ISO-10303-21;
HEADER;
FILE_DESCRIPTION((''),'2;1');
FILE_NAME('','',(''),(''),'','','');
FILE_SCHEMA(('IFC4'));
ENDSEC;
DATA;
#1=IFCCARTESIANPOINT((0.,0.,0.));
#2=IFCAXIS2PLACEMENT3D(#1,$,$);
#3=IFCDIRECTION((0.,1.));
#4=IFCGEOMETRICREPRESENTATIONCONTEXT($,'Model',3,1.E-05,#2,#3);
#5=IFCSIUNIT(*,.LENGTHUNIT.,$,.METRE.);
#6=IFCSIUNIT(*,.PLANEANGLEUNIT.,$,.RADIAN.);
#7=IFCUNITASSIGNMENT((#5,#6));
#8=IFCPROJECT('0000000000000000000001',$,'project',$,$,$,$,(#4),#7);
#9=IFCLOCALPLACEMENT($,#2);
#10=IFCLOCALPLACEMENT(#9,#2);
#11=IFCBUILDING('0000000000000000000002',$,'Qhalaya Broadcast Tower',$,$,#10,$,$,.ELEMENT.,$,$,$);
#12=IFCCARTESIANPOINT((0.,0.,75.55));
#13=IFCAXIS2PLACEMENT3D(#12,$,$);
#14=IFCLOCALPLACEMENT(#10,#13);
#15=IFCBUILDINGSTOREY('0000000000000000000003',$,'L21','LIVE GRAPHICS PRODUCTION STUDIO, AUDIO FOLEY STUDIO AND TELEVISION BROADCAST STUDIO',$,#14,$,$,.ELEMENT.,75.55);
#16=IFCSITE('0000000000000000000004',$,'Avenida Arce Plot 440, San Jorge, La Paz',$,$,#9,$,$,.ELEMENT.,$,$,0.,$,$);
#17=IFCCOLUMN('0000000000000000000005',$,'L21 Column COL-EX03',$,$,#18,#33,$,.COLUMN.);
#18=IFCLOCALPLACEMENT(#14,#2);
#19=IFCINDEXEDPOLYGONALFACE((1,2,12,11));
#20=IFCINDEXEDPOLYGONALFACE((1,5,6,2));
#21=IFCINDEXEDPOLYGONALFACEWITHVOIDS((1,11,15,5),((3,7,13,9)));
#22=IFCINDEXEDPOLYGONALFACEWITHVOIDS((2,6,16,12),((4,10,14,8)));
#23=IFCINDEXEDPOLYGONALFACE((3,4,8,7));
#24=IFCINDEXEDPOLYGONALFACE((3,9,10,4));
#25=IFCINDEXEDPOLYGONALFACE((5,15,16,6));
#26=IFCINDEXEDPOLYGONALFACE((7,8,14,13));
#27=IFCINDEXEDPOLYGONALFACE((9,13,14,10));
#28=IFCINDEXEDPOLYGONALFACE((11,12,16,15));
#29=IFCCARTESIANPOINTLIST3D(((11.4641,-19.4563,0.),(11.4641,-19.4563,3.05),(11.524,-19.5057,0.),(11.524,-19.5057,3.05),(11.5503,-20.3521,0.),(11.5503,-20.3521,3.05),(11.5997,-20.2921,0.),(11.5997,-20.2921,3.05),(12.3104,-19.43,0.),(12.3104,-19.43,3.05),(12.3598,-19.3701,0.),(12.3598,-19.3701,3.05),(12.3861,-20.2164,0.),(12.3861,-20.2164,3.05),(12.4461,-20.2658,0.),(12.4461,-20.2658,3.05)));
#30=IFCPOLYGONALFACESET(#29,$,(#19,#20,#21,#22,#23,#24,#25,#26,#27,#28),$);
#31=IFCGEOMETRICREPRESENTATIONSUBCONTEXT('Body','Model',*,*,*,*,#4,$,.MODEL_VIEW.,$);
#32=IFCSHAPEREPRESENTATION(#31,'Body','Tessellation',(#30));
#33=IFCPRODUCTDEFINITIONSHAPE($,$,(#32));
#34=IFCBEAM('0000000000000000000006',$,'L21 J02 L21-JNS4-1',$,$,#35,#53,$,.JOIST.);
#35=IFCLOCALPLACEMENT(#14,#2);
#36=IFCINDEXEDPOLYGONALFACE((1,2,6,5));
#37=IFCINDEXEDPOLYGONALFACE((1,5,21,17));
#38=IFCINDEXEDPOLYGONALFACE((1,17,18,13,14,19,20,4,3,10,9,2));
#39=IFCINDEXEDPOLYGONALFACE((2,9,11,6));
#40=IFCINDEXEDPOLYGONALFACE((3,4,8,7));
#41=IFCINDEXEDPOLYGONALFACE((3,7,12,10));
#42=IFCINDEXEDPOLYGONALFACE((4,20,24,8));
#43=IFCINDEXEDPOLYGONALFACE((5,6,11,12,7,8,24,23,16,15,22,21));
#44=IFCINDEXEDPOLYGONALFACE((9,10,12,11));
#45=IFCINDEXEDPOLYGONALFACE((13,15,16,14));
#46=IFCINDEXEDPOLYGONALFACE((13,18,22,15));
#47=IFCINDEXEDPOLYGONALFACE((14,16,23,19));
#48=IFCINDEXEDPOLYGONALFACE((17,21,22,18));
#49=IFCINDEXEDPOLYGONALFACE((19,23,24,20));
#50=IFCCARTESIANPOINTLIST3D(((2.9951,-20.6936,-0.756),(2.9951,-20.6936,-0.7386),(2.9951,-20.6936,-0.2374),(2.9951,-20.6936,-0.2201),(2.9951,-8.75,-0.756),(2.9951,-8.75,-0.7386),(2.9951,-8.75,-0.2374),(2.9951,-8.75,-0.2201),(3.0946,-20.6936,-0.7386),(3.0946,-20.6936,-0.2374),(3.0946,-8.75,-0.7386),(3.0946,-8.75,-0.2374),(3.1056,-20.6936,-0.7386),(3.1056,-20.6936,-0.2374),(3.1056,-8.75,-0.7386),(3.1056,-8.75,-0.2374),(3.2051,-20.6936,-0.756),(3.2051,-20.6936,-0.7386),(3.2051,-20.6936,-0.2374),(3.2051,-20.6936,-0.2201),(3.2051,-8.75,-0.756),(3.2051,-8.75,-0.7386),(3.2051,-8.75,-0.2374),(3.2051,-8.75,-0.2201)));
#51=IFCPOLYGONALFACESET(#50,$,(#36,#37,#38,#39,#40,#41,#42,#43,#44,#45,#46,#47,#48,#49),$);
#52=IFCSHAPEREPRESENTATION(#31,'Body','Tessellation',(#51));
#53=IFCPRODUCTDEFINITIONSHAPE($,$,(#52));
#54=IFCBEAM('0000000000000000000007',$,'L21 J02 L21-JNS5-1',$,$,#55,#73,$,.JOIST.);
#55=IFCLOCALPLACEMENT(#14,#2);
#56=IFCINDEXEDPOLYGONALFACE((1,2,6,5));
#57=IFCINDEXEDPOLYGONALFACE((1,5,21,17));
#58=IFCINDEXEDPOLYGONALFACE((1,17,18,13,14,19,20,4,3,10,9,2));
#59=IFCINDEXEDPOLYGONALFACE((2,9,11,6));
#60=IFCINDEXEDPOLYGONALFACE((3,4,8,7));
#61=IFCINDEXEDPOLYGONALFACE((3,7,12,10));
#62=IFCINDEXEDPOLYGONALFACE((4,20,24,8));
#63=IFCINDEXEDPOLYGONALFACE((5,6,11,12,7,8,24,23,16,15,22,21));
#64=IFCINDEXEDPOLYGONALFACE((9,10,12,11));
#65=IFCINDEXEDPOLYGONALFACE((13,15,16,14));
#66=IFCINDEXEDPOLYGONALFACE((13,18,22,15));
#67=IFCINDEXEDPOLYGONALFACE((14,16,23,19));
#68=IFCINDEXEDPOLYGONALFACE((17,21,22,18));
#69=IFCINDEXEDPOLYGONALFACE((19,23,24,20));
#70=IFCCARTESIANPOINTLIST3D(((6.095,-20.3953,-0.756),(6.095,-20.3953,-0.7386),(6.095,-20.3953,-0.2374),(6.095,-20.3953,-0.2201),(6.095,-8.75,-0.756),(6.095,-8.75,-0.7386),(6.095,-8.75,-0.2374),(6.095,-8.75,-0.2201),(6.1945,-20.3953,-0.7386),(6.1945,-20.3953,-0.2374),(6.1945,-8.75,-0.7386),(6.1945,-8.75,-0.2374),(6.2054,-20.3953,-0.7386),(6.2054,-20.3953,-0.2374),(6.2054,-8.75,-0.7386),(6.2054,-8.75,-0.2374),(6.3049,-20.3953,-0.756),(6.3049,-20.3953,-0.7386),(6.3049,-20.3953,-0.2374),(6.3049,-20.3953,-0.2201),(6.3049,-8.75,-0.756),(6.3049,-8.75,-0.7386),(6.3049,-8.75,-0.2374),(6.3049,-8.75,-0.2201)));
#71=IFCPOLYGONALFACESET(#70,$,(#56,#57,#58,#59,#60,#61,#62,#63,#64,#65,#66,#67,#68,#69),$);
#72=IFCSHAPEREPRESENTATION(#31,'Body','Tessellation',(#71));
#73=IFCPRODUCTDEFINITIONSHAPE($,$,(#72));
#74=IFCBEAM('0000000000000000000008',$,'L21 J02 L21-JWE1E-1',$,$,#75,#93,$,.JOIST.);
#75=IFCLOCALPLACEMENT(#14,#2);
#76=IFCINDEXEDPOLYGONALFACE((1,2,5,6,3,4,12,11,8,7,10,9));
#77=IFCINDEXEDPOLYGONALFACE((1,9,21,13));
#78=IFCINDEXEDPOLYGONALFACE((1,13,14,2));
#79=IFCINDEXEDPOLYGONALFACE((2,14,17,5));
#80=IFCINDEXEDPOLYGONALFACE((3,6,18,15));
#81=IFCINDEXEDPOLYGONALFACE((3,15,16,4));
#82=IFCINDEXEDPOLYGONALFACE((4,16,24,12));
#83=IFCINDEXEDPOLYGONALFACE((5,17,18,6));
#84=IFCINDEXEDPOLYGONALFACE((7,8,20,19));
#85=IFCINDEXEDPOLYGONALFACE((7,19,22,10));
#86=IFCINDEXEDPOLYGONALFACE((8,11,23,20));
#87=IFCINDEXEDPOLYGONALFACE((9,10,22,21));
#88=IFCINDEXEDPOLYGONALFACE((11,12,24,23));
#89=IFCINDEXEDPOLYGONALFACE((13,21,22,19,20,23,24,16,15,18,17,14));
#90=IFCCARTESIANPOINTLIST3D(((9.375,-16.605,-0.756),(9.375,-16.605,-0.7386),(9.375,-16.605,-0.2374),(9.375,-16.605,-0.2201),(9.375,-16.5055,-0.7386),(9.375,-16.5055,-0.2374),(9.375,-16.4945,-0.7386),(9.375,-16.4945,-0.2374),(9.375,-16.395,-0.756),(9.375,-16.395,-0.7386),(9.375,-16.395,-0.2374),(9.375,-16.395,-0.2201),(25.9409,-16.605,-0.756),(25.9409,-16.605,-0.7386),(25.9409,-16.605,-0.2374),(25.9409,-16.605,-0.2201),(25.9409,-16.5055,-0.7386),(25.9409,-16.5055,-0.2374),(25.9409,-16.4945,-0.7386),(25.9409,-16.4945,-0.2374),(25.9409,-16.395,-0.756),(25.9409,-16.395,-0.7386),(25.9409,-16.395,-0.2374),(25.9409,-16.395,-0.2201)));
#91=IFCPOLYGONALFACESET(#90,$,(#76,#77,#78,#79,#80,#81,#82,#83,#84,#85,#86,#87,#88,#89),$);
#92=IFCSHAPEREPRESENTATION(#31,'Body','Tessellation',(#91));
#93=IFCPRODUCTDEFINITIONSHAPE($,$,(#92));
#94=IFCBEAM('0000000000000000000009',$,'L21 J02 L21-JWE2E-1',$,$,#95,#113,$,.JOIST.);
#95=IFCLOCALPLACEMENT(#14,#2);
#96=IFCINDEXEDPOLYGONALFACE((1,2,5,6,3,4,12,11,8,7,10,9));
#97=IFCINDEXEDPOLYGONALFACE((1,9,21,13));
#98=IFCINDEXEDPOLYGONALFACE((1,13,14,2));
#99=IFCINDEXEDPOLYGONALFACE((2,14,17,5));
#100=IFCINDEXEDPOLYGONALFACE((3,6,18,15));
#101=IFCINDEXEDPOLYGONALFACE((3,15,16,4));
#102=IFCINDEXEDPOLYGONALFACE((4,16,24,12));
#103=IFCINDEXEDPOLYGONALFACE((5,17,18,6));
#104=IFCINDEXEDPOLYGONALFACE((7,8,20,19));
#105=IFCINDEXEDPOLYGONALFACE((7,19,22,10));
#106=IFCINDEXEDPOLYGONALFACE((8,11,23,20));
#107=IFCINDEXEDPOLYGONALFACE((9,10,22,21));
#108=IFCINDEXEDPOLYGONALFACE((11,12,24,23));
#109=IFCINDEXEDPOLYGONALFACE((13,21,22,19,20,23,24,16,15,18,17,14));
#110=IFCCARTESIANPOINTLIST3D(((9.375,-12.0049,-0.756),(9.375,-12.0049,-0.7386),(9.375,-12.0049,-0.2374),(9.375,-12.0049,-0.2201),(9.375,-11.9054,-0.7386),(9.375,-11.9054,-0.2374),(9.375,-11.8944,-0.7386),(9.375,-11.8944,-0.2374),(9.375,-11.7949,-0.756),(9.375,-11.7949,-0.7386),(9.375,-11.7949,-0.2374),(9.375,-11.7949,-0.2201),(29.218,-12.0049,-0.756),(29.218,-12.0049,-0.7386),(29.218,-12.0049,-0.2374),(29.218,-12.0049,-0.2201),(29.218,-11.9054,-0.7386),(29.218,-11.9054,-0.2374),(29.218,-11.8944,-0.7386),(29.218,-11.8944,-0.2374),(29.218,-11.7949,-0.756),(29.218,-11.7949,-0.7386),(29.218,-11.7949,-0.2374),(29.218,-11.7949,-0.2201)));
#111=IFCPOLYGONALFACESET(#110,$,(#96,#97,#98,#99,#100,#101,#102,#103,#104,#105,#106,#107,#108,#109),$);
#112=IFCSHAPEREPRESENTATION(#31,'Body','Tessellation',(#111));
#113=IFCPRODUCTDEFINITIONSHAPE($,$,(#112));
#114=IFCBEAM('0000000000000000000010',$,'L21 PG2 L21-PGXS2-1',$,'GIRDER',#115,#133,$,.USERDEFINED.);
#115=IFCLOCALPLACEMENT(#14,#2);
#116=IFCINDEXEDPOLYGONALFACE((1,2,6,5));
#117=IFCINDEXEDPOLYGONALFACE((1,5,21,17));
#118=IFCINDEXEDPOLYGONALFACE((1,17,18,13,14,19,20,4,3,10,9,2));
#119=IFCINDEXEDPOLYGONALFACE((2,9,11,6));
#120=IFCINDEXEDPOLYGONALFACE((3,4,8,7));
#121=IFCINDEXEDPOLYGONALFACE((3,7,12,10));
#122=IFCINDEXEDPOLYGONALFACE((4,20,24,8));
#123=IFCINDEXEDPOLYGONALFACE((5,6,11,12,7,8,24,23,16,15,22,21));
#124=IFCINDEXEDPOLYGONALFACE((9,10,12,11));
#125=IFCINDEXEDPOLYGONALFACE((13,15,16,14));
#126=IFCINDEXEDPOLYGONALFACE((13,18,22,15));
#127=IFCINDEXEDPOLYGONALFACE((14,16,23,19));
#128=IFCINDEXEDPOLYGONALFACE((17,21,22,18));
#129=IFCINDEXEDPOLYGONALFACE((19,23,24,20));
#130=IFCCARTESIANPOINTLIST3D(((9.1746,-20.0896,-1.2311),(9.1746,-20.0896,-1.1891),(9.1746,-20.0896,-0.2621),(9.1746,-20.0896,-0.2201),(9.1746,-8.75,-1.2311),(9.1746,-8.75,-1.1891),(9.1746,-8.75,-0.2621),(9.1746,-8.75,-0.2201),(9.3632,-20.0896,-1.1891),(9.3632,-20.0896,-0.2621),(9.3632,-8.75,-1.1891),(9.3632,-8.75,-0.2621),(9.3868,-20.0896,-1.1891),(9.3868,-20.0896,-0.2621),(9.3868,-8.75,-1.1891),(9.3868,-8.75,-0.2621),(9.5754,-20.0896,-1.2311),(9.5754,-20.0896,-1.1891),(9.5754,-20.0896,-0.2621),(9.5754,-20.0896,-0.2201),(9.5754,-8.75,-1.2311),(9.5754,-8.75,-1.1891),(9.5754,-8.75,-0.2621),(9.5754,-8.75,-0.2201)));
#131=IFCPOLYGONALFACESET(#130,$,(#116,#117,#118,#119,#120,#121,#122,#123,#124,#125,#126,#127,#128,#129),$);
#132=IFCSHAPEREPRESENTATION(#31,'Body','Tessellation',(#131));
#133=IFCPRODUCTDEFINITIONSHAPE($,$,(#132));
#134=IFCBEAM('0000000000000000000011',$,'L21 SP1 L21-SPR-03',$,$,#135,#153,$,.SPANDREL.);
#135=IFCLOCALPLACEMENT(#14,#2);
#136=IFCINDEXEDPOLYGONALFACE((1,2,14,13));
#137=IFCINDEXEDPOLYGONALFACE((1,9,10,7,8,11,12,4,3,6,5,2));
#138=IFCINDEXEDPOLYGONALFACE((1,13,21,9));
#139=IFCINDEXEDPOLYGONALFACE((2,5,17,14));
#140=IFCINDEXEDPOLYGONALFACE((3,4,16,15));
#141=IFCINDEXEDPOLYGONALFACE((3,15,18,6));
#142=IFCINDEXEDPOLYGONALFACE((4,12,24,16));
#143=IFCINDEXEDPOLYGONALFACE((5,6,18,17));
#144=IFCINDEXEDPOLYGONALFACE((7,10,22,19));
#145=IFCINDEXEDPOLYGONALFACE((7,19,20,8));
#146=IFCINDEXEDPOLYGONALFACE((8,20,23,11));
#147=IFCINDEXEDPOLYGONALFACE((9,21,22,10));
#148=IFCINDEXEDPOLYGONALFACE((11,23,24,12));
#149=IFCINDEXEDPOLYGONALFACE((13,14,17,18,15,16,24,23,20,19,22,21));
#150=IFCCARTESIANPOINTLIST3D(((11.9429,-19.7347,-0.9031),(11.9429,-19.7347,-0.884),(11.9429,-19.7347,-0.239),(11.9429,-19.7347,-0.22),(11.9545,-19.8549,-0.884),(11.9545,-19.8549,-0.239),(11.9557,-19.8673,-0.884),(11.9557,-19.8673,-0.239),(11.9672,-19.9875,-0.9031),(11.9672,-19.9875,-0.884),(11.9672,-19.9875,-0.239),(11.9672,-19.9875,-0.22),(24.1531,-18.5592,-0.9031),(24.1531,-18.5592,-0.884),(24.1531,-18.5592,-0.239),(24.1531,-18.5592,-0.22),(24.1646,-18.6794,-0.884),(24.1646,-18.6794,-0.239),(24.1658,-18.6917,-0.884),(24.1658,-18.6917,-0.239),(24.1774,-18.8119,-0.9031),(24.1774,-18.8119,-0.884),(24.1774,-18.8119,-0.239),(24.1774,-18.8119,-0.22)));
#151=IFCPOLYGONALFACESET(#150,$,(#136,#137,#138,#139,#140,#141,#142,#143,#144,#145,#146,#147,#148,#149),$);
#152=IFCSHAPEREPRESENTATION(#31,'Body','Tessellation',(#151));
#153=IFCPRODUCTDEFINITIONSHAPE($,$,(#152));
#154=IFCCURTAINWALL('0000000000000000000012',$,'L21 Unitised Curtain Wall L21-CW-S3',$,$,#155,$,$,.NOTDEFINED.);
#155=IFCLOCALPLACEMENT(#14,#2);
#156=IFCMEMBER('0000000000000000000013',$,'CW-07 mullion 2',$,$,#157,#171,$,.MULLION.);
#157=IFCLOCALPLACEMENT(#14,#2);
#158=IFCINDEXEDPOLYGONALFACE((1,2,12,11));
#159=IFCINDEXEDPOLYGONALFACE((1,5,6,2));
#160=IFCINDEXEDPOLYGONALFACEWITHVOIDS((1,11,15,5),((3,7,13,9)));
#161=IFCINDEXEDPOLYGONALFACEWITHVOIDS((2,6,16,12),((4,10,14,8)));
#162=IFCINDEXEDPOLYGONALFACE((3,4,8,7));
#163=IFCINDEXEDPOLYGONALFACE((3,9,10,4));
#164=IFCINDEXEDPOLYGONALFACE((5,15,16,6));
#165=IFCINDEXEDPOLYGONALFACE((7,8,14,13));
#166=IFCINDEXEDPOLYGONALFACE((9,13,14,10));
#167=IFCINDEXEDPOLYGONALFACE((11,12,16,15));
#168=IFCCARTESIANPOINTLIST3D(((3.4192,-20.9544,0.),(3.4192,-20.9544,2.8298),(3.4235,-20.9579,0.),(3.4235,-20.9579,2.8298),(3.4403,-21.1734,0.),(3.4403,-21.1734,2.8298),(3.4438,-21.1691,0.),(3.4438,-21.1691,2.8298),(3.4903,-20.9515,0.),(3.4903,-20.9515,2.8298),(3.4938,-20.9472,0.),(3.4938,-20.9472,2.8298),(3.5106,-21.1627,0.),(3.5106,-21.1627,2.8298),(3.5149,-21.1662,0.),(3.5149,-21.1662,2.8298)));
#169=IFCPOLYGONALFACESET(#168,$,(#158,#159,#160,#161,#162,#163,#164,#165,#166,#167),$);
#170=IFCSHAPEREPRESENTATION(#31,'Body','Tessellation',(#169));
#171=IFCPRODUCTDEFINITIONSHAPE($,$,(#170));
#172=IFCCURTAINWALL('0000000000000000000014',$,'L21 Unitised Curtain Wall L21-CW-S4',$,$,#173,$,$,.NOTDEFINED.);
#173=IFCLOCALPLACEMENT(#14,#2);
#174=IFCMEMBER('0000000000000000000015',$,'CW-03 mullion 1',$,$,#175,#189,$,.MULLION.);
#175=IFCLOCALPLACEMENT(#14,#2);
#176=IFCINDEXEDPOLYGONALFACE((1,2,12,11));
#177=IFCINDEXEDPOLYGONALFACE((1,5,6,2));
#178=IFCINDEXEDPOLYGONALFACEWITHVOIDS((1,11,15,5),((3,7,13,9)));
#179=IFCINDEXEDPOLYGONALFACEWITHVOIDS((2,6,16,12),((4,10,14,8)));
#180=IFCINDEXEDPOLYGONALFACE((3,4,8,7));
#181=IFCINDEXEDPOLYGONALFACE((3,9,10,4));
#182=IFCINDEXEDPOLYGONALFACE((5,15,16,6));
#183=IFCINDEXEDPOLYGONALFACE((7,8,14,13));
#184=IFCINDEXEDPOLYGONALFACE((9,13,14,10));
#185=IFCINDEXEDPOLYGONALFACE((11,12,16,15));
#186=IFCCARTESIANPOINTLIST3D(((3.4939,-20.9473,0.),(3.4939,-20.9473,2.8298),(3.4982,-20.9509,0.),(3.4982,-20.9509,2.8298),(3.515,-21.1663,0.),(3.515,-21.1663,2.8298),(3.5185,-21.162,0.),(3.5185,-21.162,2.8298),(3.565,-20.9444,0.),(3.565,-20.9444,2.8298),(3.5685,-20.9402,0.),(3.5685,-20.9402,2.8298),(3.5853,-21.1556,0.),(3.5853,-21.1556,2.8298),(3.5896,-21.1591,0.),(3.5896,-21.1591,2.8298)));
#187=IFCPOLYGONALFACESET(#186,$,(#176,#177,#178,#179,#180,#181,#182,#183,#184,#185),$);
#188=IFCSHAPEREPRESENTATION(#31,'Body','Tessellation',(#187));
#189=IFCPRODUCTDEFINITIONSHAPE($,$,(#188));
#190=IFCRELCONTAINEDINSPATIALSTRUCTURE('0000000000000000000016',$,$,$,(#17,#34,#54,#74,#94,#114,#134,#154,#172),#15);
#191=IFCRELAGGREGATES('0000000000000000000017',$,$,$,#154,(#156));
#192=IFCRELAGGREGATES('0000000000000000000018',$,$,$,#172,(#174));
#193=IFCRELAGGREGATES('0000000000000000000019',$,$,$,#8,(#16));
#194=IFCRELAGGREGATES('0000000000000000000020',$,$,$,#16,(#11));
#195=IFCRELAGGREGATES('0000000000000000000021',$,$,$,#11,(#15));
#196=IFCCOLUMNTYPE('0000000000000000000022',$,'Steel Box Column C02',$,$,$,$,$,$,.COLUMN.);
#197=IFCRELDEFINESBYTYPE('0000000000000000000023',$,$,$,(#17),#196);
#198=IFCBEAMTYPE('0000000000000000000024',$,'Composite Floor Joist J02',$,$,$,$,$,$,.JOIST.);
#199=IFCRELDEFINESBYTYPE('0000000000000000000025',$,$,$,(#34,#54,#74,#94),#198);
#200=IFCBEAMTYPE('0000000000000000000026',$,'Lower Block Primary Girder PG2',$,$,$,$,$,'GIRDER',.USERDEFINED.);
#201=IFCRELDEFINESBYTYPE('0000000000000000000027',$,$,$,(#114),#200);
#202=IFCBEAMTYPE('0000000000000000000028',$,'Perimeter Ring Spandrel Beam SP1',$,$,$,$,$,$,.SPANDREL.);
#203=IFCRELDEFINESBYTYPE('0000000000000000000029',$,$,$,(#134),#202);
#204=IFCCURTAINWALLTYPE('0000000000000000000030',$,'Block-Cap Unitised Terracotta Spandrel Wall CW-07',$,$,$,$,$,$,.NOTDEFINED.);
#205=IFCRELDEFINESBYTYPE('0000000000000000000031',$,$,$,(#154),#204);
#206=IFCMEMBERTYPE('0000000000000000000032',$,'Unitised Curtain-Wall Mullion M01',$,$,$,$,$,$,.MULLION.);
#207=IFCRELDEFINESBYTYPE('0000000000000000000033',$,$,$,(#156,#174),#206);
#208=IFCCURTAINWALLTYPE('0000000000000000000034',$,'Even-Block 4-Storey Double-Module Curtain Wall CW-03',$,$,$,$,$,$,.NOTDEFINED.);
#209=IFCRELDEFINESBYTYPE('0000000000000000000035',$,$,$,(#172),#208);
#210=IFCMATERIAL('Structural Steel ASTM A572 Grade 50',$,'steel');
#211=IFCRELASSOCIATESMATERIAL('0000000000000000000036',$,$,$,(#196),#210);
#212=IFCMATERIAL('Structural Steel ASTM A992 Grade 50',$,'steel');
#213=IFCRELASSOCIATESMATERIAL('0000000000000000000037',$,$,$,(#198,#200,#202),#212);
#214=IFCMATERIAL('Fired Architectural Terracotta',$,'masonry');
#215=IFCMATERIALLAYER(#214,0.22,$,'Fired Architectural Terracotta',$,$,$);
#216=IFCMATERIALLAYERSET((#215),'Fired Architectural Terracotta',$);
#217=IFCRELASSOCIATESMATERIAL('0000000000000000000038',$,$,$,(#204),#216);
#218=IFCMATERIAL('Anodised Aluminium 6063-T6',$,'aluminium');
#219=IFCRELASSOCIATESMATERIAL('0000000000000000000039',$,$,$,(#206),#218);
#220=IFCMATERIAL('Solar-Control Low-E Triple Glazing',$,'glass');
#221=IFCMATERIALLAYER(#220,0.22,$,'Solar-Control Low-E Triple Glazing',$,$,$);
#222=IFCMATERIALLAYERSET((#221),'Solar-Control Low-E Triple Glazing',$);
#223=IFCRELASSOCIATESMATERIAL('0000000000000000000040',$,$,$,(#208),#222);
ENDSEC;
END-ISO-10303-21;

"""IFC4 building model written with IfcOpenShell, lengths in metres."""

from ifc_helpers import new_model, si_unit, direction, frame, origin, origin_2d, place, context, subcontext, project, spatial, hollow_rectangle, i_section, extrude, material, layer, layer_set, material_profile, profile_set, type_object, element, aggregate, save


model = new_model("IFC4")

# Units and contexts
model_context = context("Model", 3, precision=1e-05, world=origin(), true_north=direction((0.0, 1.0)))
body_context = subcontext(model_context, "Body", "Model", "MODEL_VIEW")
ifc_project = project(units=[si_unit("LENGTHUNIT", "METRE"), si_unit("PLANEANGLEUNIT", "RADIAN")], contexts=[model_context])

# Site, building, storey
site_placement = place(None, origin())
site = spatial("IfcSite", under=ifc_project, at=site_placement, Name="Avenida Arce Plot 440, San Jorge, La Paz", CompositionType="ELEMENT", RefElevation=0.0)
building_placement = place(site_placement, origin())
building = spatial("IfcBuilding", under=site, at=building_placement, Name="Qhalaya Broadcast Tower", CompositionType="ELEMENT")
storey_placement = place(building_placement, frame((0.0, 0.0, 75.55)))
storey = spatial("IfcBuildingStorey", under=building, at=storey_placement, Name="L21", Description="LIVE GRAPHICS PRODUCTION STUDIO, AUDIO FOLEY STUDIO AND TELEVISION BROADCAST STUDIO", CompositionType="ELEMENT", Elevation=75.55)

# Column
ifc_material_1 = material(Name="Structural Steel ASTM A572 Grade 50", Category="steel")
ifc_material_profile_1 = material_profile(ifc_material_1, hollow_rectangle(XDim=0.8999, YDim=0.8999, WallThickness=0.0549, at=origin_2d()), Name="BOX 900x900x55")
ifc_profile_set_1 = profile_set([ifc_material_profile_1], Name="Structural Steel ASTM A572 Grade 50")
column_type = type_object("IfcColumnType", Name="Steel Box Column C02", PredefinedType="COLUMN", material=ifc_profile_set_1)
column_placement = place(storey_placement, frame((11.9551, -19.8611, 0.0), z_axis=(0.0, 0.0, 1.0), x_axis=(0.995396, 0.095846, 0.0)))
element("IfcColumn", 1, at=column_placement, inside=storey, type_object=column_type, Name="L21 Column COL-EX03", PredefinedType="COLUMN", context=body_context, shape_type="SweptSolid", body=[
    extrude(hollow_rectangle(XDim=0.8999, YDim=0.8999, WallThickness=0.0549, at=origin_2d()), origin(), (0.0, 0.0, 1.0), 3.05),
])

# Beams
ifc_material_2 = material(Name="Structural Steel ASTM A992 Grade 50", Category="steel")
ifc_material_profile_2 = material_profile(ifc_material_2, i_section(OverallWidth=0.21, OverallDepth=0.5359, WebThickness=0.011, FlangeThickness=0.0173, at=origin_2d()), Name="W21X68")
ifc_profile_set_2 = profile_set([ifc_material_profile_2], Name="Structural Steel ASTM A992 Grade 50")
beam_type_1 = type_object("IfcBeamType", Name="Composite Floor Joist J02", PredefinedType="JOIST", material=ifc_profile_set_2)
beam_1_placement = place(storey_placement, frame((3.1001, -20.6936, -0.488), z_axis=(0.0, 1.0, 0.0), x_axis=(-1.0, 0.0, 0.0)))
element("IfcBeam", 2, at=beam_1_placement, inside=storey, type_object=beam_type_1, Name="L21 J02 L21-JNS4-1", PredefinedType="JOIST", context=body_context, shape_type="SweptSolid", body=[
    extrude(i_section(OverallWidth=0.21, OverallDepth=0.5359, WebThickness=0.011, FlangeThickness=0.0173, at=origin_2d()), origin(), (0.0, 0.0, 1.0), 11.9436),
])
beam_2_placement = place(storey_placement, frame((6.2, -20.3953, -0.488), z_axis=(0.0, 1.0, 0.0), x_axis=(-1.0, 0.0, 0.0)))
element("IfcBeam", 3, at=beam_2_placement, inside=storey, type_object=beam_type_1, Name="L21 J02 L21-JNS5-1", PredefinedType="JOIST", context=body_context, shape_type="SweptSolid", body=[
    extrude(i_section(OverallWidth=0.21, OverallDepth=0.5359, WebThickness=0.011, FlangeThickness=0.0173, at=origin_2d()), origin(), (0.0, 0.0, 1.0), 11.6453),
])
beam_3_placement = place(storey_placement, frame((9.375, -16.5, -0.488), z_axis=(1.0, 0.0, 0.0), x_axis=(0.0, 1.0, 0.0)))
element("IfcBeam", 4, at=beam_3_placement, inside=storey, type_object=beam_type_1, Name="L21 J02 L21-JWE1E-1", PredefinedType="JOIST", context=body_context, shape_type="SweptSolid", body=[
    extrude(i_section(OverallWidth=0.21, OverallDepth=0.5359, WebThickness=0.011, FlangeThickness=0.0173, at=origin_2d()), origin(), (0.0, 0.0, 1.0), 16.5659),
])
beam_4_placement = place(storey_placement, frame((9.375, -11.8999, -0.488), z_axis=(1.0, 0.0, 0.0), x_axis=(0.0, 1.0, 0.0)))
element("IfcBeam", 5, at=beam_4_placement, inside=storey, type_object=beam_type_1, Name="L21 J02 L21-JWE2E-1", PredefinedType="JOIST", context=body_context, shape_type="SweptSolid", body=[
    extrude(i_section(OverallWidth=0.21, OverallDepth=0.5359, WebThickness=0.011, FlangeThickness=0.0173, at=origin_2d()), origin(), (0.0, 0.0, 1.0), 19.843),
])
ifc_material_profile_3 = material_profile(ifc_material_2, i_section(OverallWidth=0.4009, OverallDepth=1.011, WebThickness=0.0237, FlangeThickness=0.042, at=origin_2d()), Name="W40X297")
ifc_profile_set_3 = profile_set([ifc_material_profile_3], Name="Structural Steel ASTM A992 Grade 50")
beam_type_2 = type_object("IfcBeamType", Name="Lower Block Primary Girder PG2", ElementType="GIRDER", PredefinedType="USERDEFINED", material=ifc_profile_set_3)
beam_5_placement = place(storey_placement, frame((9.375, -20.0896, -0.7256), z_axis=(0.0, 1.0, 0.0), x_axis=(-1.0, 0.0, 0.0)))
element("IfcBeam", 6, at=beam_5_placement, inside=storey, type_object=beam_type_2, Name="L21 PG2 L21-PGXS2-1", ObjectType="GIRDER", PredefinedType="USERDEFINED", context=body_context, shape_type="SweptSolid", body=[
    extrude(i_section(OverallWidth=0.4009, OverallDepth=1.011, WebThickness=0.0237, FlangeThickness=0.042, at=origin_2d()), origin(), (0.0, 0.0, 1.0), 11.3396),
])
ifc_material_profile_4 = material_profile(ifc_material_2, i_section(OverallWidth=0.2539, OverallDepth=0.6831, WebThickness=0.0125, FlangeThickness=0.019, at=origin_2d()), Name="W27X94")
ifc_profile_set_4 = profile_set([ifc_material_profile_4], Name="Structural Steel ASTM A992 Grade 50")
beam_type_3 = type_object("IfcBeamType", Name="Perimeter Ring Spandrel Beam SP1", PredefinedType="SPANDREL", material=ifc_profile_set_4)
beam_6_placement = place(storey_placement, frame((11.9551, -19.8611, -0.5615), z_axis=(0.995398, 0.095832, 0.0), x_axis=(-0.095832, 0.995398, 0.0)))
element("IfcBeam", 7, at=beam_6_placement, inside=storey, type_object=beam_type_3, Name="L21 SP1 L21-SPR-03", PredefinedType="SPANDREL", context=body_context, shape_type="SweptSolid", body=[
    extrude(i_section(OverallWidth=0.2539, OverallDepth=0.6831, WebThickness=0.0125, FlangeThickness=0.019, at=origin_2d()), origin(), (0.0, 0.0, 1.0), 12.2666),
])

# Curtain wall, member
ifc_material_3 = material(Name="Fired Architectural Terracotta", Category="masonry")
ifc_layer_1 = layer(ifc_material_3, 0.22, Name="Fired Architectural Terracotta")
ifc_layer_set_1 = layer_set([ifc_layer_1], Name="Fired Architectural Terracotta")
curtain_wall_type_1 = type_object("IfcCurtainWallType", Name="Block-Cap Unitised Terracotta Spandrel Wall CW-07", PredefinedType="NOTDEFINED", material=ifc_layer_set_1)
curtain_wall_1_placement = place(storey_placement, origin())
curtain_wall_1 = element("IfcCurtainWall", 8, at=curtain_wall_1_placement, inside=storey, type_object=curtain_wall_type_1, Name="L21 Unitised Curtain Wall L21-CW-S3", PredefinedType="NOTDEFINED")
ifc_material_4 = material(Name="Anodised Aluminium 6063-T6", Category="aluminium")
ifc_material_profile_5 = material_profile(ifc_material_4, hollow_rectangle(XDim=0.075, YDim=0.22, WallThickness=0.0039, at=origin_2d()), Name="ALU-MUL 75x220x4")
ifc_profile_set_5 = profile_set([ifc_material_profile_5], Name="Anodised Aluminium 6063-T6")
member_type_1 = type_object("IfcMemberType", Name="Unitised Curtain-Wall Mullion M01", PredefinedType="MULLION", material=ifc_profile_set_5)
member_1_placement = place(storey_placement, frame((3.467, -21.0603, 0.0), z_axis=(0.0, 0.0, 1.0), x_axis=(0.995397, 0.095838, 0.0)))
member_1 = element("IfcMember", 9, at=member_1_placement, type_object=member_type_1, Name="CW-07 mullion 2", PredefinedType="MULLION", context=body_context, shape_type="SweptSolid", body=[
    extrude(hollow_rectangle(XDim=0.075, YDim=0.22, WallThickness=0.0039, at=origin_2d()), origin(), (0.0, 0.0, 1.0), 2.8298),
])
aggregate(curtain_wall_1, [member_1])

# Curtain wall, member
ifc_material_5 = material(Name="Solar-Control Low-E Triple Glazing", Category="glass")
ifc_layer_2 = layer(ifc_material_5, 0.22, Name="Solar-Control Low-E Triple Glazing")
ifc_layer_set_2 = layer_set([ifc_layer_2], Name="Solar-Control Low-E Triple Glazing")
curtain_wall_type_2 = type_object("IfcCurtainWallType", Name="Even-Block 4-Storey Double-Module Curtain Wall CW-03", PredefinedType="NOTDEFINED", material=ifc_layer_set_2)
curtain_wall_2_placement = place(storey_placement, origin())
curtain_wall_2 = element("IfcCurtainWall", 10, at=curtain_wall_2_placement, inside=storey, type_object=curtain_wall_type_2, Name="L21 Unitised Curtain Wall L21-CW-S4", PredefinedType="NOTDEFINED")
member_2_placement = place(storey_placement, frame((3.5417, -21.0532, 0.0), z_axis=(0.0, 0.0, 1.0), x_axis=(0.995395, 0.095862, 0.0)))
member_2 = element("IfcMember", 11, at=member_2_placement, type_object=member_type_1, Name="CW-03 mullion 1", PredefinedType="MULLION", context=body_context, shape_type="SweptSolid", body=[
    extrude(hollow_rectangle(XDim=0.075, YDim=0.22, WallThickness=0.0039, at=origin_2d()), origin(), (0.0, 0.0, 1.0), 2.8298),
])

aggregate(curtain_wall_2, [member_2])

save(model, "model.ifc")
